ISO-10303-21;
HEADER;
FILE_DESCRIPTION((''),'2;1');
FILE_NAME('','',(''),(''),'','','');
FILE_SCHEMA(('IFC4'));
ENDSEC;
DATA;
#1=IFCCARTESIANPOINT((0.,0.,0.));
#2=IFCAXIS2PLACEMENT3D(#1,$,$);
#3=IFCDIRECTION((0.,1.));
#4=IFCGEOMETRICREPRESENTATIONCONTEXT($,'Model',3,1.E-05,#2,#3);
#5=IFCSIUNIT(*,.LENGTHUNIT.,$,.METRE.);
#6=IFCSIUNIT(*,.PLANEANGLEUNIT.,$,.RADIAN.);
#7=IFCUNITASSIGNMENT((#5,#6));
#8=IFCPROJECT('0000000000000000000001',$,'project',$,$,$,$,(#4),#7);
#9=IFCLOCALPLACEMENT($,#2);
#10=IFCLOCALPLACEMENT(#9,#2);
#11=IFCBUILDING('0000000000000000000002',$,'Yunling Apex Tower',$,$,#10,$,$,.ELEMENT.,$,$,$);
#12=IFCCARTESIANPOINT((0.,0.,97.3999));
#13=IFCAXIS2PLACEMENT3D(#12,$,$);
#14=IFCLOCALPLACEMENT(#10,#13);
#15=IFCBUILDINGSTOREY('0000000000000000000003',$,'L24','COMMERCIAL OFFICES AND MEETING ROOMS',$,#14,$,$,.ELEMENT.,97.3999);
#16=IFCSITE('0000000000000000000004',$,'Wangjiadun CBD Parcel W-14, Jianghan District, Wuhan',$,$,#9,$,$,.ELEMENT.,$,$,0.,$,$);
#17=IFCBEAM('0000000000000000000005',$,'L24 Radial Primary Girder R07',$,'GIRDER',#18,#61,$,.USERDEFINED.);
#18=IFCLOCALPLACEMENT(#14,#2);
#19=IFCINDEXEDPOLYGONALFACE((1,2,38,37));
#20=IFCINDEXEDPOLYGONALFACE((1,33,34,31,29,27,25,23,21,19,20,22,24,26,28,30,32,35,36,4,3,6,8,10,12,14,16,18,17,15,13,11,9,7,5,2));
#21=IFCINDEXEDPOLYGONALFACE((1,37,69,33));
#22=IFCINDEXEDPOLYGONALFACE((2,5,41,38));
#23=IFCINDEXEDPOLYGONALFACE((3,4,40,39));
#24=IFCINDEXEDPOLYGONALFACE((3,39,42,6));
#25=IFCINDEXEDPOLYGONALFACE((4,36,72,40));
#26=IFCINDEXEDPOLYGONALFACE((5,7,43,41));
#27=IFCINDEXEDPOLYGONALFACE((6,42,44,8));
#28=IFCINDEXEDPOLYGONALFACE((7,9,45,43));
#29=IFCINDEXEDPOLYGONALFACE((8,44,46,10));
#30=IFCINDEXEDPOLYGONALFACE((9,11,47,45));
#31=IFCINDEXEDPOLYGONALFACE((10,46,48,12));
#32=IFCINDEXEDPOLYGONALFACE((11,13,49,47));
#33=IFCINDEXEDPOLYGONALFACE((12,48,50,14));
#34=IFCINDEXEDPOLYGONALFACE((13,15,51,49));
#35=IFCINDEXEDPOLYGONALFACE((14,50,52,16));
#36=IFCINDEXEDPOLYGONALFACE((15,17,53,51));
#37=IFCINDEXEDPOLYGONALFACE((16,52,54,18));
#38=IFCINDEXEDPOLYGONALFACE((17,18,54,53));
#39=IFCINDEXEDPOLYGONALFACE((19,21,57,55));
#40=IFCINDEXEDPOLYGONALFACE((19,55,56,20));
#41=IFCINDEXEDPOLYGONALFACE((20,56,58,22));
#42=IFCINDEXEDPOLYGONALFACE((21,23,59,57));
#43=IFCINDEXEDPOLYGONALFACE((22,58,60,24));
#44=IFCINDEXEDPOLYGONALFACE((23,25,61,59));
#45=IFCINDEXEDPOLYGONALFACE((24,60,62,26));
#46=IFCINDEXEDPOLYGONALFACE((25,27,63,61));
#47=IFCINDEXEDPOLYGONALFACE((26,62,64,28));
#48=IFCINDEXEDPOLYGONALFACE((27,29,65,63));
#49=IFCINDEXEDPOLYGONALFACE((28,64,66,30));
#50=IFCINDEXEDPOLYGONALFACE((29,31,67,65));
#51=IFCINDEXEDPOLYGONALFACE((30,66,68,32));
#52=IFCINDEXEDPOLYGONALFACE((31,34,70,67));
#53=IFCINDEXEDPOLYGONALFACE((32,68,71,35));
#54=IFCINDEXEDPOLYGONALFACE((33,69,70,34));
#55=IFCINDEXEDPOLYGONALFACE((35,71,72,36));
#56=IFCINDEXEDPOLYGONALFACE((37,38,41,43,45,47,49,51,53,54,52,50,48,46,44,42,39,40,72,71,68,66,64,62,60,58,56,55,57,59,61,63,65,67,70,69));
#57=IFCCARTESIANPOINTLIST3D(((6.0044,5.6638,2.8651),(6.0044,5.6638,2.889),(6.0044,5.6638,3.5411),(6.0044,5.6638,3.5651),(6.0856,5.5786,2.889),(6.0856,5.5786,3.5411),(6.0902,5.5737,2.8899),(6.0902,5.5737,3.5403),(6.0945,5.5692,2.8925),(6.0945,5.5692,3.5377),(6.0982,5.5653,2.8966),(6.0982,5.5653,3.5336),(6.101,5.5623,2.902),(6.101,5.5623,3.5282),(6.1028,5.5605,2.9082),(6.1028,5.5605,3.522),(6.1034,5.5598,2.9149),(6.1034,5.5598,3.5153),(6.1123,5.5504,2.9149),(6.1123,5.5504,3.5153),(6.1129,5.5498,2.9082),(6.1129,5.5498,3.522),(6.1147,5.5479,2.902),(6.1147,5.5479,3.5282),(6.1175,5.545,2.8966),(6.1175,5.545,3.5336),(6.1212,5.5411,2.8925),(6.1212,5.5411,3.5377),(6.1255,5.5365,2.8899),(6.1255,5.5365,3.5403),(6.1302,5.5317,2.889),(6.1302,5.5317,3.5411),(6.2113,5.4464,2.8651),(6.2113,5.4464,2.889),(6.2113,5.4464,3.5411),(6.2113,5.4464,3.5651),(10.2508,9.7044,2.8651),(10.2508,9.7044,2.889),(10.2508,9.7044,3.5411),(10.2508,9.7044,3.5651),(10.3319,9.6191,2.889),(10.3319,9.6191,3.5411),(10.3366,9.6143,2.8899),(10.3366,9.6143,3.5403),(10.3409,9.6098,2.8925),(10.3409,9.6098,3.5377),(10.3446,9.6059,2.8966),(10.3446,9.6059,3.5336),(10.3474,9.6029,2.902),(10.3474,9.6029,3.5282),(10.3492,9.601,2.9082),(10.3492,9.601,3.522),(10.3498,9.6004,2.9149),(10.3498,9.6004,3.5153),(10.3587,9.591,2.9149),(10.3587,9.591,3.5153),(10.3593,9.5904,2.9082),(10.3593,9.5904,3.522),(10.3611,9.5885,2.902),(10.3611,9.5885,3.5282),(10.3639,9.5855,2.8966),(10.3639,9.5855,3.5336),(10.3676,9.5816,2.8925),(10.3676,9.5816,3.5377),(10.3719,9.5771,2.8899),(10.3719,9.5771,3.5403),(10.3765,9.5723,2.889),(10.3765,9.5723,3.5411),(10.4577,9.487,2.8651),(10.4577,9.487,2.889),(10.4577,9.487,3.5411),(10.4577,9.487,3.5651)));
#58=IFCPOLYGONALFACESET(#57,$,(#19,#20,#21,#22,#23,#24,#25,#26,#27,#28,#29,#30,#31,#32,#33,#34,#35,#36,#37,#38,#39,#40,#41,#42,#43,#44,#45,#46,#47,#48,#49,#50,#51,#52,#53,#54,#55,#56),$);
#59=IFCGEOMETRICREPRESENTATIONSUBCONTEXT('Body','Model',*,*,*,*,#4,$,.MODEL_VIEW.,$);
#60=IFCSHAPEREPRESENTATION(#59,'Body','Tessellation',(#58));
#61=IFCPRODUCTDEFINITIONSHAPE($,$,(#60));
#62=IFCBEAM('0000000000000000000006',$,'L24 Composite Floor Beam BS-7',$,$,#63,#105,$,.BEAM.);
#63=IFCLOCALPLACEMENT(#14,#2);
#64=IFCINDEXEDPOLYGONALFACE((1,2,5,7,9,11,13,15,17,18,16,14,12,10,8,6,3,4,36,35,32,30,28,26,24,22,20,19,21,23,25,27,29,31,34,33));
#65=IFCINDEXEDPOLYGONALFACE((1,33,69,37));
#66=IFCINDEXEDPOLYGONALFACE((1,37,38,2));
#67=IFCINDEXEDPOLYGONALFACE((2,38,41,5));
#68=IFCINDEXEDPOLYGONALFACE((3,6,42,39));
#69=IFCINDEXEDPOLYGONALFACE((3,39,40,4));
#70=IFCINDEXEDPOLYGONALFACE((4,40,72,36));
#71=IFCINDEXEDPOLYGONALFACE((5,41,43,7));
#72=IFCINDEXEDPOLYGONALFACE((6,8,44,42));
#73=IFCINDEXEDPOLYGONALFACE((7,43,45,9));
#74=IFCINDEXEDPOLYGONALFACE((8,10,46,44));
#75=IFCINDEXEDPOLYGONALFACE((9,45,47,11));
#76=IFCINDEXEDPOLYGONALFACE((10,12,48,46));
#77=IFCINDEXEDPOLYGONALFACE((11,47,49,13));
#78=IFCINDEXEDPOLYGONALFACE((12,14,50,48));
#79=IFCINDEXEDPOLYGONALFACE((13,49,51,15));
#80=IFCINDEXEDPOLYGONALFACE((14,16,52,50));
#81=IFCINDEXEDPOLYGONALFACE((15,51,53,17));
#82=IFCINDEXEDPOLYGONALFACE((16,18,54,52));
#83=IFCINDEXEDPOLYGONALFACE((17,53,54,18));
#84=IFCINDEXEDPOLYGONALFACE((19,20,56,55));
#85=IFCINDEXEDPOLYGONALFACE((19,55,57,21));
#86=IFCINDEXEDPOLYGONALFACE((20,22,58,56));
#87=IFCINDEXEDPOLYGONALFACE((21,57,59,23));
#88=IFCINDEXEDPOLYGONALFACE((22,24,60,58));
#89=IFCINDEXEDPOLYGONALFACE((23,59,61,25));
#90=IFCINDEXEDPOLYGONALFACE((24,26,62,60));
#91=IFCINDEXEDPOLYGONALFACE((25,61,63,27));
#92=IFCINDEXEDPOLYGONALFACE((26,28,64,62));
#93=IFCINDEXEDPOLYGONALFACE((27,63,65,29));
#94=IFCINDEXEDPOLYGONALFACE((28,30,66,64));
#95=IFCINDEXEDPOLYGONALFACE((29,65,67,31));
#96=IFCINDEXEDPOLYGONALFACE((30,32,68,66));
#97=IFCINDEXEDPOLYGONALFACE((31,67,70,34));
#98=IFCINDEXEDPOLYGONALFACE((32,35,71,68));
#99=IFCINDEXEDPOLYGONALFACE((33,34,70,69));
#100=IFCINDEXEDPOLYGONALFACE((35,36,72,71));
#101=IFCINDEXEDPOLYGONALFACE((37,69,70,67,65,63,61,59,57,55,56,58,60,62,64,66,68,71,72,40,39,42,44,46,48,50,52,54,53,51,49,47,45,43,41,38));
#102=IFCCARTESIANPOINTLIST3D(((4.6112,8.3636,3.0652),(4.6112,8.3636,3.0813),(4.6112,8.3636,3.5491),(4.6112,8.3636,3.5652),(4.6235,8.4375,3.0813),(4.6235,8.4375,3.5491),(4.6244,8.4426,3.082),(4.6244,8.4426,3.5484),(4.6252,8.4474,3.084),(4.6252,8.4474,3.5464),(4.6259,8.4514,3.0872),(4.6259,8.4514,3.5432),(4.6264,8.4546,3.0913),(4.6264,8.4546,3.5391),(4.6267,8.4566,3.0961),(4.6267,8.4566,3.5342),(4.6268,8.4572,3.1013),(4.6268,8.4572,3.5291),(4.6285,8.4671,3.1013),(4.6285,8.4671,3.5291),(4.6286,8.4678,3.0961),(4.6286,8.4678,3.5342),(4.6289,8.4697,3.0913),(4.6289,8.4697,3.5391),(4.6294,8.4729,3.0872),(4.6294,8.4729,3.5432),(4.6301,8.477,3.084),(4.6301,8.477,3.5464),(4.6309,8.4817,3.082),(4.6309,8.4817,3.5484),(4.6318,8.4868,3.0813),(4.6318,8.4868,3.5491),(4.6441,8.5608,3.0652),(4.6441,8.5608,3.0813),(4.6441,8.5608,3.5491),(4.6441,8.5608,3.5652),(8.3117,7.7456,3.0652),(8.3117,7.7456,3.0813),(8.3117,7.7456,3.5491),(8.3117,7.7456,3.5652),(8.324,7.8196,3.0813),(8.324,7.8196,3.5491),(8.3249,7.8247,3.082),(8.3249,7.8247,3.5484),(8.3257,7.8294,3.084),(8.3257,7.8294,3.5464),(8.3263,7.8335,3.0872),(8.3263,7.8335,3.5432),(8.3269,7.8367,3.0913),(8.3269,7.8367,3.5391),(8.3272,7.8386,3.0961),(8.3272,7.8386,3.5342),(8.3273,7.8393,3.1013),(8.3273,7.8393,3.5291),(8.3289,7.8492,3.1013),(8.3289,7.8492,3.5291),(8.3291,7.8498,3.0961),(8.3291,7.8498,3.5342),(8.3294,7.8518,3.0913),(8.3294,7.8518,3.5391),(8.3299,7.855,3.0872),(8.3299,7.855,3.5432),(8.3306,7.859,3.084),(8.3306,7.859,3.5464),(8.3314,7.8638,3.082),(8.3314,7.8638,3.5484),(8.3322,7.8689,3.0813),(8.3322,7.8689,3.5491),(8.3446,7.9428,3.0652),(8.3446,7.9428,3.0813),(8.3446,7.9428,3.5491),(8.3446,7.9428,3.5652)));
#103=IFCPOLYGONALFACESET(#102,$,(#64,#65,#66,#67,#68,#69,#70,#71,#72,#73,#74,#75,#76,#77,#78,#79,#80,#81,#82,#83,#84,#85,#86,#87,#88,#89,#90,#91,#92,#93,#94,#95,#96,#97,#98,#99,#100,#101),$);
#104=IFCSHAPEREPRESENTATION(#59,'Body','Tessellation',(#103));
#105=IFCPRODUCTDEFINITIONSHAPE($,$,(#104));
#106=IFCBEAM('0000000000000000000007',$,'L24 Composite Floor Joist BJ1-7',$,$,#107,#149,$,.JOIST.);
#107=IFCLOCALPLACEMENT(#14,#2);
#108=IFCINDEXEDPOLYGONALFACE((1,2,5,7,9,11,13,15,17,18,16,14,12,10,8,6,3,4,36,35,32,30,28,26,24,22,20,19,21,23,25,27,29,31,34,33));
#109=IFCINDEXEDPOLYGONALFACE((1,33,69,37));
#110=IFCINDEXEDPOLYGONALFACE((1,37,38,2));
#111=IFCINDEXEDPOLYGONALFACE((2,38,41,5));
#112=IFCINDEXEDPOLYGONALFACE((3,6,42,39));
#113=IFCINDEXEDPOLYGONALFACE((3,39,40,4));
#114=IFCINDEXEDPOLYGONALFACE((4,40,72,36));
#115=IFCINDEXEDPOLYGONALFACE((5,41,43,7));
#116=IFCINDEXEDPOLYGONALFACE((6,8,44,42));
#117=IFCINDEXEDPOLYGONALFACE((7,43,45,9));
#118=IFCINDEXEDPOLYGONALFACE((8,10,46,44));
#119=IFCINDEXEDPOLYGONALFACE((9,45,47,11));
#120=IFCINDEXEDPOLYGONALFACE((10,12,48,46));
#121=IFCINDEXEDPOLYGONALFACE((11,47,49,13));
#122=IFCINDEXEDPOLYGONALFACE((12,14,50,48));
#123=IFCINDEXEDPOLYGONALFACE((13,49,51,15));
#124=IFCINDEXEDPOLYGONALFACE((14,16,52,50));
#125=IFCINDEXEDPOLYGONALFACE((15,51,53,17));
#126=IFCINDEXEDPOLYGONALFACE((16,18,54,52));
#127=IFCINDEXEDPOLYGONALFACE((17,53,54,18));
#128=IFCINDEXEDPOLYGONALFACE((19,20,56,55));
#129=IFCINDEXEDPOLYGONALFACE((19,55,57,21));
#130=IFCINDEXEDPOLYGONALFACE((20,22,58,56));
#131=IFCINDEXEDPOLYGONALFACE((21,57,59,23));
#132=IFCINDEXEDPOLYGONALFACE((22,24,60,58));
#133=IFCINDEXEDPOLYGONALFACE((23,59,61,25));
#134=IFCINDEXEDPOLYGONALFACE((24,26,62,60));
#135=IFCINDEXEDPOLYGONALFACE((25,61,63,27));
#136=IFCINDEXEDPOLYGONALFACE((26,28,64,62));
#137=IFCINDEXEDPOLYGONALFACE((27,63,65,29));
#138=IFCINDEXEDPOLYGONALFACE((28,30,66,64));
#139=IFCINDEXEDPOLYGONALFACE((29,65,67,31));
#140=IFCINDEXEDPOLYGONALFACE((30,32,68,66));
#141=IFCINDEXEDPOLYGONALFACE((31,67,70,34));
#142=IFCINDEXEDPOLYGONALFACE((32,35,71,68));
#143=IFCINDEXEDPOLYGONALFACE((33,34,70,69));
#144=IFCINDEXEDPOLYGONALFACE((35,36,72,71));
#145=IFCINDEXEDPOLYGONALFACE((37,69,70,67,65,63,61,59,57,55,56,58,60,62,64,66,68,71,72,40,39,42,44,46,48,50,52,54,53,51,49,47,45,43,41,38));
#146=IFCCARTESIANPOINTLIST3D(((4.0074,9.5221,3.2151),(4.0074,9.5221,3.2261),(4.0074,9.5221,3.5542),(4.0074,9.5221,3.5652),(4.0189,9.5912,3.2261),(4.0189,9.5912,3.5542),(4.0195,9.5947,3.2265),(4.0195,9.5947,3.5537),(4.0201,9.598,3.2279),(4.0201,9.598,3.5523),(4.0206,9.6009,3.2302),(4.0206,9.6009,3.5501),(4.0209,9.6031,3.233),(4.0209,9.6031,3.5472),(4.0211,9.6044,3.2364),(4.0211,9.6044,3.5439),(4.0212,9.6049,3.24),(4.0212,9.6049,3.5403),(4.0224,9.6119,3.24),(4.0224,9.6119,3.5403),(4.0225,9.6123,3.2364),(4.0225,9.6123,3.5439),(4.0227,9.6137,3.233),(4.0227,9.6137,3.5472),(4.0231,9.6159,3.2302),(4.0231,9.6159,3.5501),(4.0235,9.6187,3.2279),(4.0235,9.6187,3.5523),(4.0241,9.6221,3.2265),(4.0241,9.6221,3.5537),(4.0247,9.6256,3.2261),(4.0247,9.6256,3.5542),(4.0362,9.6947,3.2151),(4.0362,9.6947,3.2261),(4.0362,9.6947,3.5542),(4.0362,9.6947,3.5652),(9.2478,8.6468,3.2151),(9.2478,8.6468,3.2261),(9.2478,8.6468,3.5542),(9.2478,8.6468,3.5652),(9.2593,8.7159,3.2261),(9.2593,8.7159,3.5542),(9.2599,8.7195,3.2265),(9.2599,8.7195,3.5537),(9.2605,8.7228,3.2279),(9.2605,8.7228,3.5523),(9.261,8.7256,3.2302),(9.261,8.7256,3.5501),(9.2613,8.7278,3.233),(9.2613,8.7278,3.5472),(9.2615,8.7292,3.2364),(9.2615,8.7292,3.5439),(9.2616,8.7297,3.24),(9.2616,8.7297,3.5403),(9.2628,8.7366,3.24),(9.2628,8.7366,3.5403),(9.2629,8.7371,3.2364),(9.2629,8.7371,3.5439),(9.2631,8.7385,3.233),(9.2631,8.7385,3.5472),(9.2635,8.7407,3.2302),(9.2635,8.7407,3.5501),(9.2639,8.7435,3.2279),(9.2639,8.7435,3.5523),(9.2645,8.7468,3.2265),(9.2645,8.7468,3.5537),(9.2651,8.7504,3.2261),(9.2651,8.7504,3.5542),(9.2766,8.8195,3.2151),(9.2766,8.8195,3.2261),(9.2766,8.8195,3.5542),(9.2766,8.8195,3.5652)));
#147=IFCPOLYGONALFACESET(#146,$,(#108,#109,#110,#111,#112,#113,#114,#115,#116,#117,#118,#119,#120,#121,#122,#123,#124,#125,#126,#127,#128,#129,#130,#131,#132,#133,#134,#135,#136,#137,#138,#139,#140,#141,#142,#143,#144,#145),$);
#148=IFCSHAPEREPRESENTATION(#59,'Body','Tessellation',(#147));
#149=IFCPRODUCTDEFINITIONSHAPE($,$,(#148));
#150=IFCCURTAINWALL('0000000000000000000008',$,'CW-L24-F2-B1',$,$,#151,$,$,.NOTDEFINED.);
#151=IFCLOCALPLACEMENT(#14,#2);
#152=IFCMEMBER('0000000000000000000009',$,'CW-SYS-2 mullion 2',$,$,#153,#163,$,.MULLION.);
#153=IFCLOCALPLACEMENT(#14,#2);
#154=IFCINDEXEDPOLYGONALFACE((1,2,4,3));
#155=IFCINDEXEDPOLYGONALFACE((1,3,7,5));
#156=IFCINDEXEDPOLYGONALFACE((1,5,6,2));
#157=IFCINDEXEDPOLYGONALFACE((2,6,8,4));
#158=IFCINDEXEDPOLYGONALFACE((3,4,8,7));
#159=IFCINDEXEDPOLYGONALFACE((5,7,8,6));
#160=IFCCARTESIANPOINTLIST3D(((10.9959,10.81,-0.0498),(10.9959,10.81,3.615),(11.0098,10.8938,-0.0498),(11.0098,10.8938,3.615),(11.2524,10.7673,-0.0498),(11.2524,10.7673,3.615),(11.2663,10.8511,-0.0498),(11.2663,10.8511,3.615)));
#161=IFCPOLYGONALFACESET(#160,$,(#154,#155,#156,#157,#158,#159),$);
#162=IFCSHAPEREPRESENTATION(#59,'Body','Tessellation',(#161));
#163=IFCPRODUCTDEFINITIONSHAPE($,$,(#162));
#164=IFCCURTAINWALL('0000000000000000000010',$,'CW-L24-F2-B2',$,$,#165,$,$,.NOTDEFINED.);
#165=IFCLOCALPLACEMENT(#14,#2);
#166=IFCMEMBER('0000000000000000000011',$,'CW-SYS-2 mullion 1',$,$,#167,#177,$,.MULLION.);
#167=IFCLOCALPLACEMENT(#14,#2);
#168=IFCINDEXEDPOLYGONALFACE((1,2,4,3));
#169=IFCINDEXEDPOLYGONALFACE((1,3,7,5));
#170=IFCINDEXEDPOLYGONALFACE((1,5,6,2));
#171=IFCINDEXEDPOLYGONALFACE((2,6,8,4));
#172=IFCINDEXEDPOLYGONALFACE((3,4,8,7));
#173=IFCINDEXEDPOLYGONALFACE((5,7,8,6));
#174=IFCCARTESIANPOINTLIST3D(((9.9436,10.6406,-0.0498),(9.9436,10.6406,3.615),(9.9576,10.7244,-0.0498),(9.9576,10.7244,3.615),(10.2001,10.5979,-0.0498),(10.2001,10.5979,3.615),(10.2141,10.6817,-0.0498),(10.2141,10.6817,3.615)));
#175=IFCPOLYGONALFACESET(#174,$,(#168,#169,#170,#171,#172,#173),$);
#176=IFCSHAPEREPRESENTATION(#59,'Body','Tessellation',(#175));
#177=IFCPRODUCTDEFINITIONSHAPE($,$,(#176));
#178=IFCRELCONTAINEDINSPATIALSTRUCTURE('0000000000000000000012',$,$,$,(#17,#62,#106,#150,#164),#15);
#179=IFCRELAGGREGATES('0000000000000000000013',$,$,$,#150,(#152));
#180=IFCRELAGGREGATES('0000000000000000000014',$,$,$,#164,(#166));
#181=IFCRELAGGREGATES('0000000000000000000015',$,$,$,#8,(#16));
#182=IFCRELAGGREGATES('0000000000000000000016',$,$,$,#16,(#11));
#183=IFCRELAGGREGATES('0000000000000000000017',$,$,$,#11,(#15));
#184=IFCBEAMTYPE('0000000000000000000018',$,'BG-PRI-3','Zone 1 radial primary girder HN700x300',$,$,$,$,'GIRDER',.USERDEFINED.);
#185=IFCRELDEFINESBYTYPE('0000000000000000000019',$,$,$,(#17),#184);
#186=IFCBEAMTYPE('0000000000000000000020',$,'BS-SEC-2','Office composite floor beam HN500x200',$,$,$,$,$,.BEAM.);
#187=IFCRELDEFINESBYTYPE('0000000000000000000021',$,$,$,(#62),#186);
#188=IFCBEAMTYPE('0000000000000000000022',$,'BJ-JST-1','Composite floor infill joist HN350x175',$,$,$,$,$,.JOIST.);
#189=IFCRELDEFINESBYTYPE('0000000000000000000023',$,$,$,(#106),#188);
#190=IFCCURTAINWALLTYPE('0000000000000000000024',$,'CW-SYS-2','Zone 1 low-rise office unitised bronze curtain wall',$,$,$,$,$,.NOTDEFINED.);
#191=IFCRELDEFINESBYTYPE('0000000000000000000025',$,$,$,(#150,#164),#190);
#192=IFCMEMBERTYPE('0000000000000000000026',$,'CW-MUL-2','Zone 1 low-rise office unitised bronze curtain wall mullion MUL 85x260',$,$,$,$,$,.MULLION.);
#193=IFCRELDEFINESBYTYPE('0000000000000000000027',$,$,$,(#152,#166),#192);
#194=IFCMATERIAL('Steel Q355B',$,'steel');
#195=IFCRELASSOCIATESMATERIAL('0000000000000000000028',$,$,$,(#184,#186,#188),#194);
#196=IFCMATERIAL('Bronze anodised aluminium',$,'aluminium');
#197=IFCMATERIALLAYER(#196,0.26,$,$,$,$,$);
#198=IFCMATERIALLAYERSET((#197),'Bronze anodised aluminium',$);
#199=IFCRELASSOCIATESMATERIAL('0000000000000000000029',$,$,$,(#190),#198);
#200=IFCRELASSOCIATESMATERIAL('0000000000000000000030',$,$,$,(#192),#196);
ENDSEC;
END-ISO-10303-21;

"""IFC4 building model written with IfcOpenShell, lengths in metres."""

from ifc_helpers import new_model, si_unit, direction, frame, origin, origin_2d, place, context, subcontext, project, spatial, rectangle, i_section, extrude, source, transform, mapped, material, layer, layer_set, material_profile, profile_set, type_object, element, aggregate, save


model = new_model("IFC4")

# Units and contexts
model_context = context("Model", 3, precision=1e-05, world=origin(), true_north=direction((0.0, 1.0)))
body_context = subcontext(model_context, "Body", "Model", "MODEL_VIEW")
ifc_project = project(units=[si_unit("LENGTHUNIT", "METRE"), si_unit("PLANEANGLEUNIT", "RADIAN")], contexts=[model_context])

# Site, building, storey
site_placement = place(None, origin())
site = spatial("IfcSite", under=ifc_project, at=site_placement, Name="Wangjiadun CBD Parcel W-14, Jianghan District, Wuhan", CompositionType="ELEMENT", RefElevation=0.0)
building_placement = place(site_placement, origin())
building = spatial("IfcBuilding", under=site, at=building_placement, Name="Yunling Apex Tower", CompositionType="ELEMENT")
storey_placement = place(building_placement, frame((0.0, 0.0, 97.3999)))
storey = spatial("IfcBuildingStorey", under=building, at=storey_placement, Name="L24", Description="COMMERCIAL OFFICES AND MEETING ROOMS", CompositionType="ELEMENT", Elevation=97.3999)

# Beams
ifc_material_1 = material(Name="Steel Q355B", Category="steel")
ifc_material_profile_1 = material_profile(ifc_material_1, i_section(OverallWidth=0.3, OverallDepth=0.7, WebThickness=0.0129, FlangeThickness=0.0239, FilletRadius=0.0259, at=origin_2d()))
ifc_profile_set_1 = profile_set([ifc_material_profile_1], Name="Steel Q355B")
beam_type_1 = type_object("IfcBeamType", Name="BG-PRI-3", Description="Zone 1 radial primary girder HN700x300", ElementType="GIRDER", PredefinedType="USERDEFINED", material=ifc_profile_set_1)
shared_shape_1 = source(origin(), body_context, "Body", "SweptSolid", [
    extrude(i_section(OverallWidth=0.3, OverallDepth=0.7, WebThickness=0.0129, FlangeThickness=0.0239, FilletRadius=0.0259, at=origin_2d()), origin(), (0.0, 0.0, 1.0), 5.8616),
])
beam_1_placement = place(storey_placement, frame((10.3542, 9.5957, 3.2151), z_axis=(-0.724445, -0.689333, 0.0), x_axis=(0.689333, -0.724445, 0.0)))
element("IfcBeam", 1, at=beam_1_placement, inside=storey, type_object=beam_type_1, Name="L24 Radial Primary Girder R07", ObjectType="GIRDER", PredefinedType="USERDEFINED", context=body_context, shape_type="MappedRepresentation", body=[
    mapped(shared_shape_1, transform((0.0, 0.0, 0.0), scale=1.0)),
])
ifc_material_profile_2 = material_profile(ifc_material_1, i_section(OverallWidth=0.2, OverallDepth=0.5, WebThickness=0.01, FlangeThickness=0.0161, FilletRadius=0.02, at=origin_2d()))
ifc_profile_set_2 = profile_set([ifc_material_profile_2], Name="Steel Q355B")
beam_type_2 = type_object("IfcBeamType", Name="BS-SEC-2", Description="Office composite floor beam HN500x200", PredefinedType="BEAM", material=ifc_profile_set_2)
shared_shape_2 = source(origin(), body_context, "Body", "SweptSolid", [
    extrude(i_section(OverallWidth=0.2, OverallDepth=0.5, WebThickness=0.01, FlangeThickness=0.0161, FilletRadius=0.02, at=origin_2d()), origin(), (0.0, 0.0, 1.0), 3.7517),
])
beam_2_placement = place(storey_placement, frame((8.3281, 7.8442, 3.3152), z_axis=(-0.986343, 0.164705, 0.0), x_axis=(-0.164705, -0.986343, 0.0)))
element("IfcBeam", 2, at=beam_2_placement, inside=storey, type_object=beam_type_2, Name="L24 Composite Floor Beam BS-7", PredefinedType="BEAM", context=body_context, shape_type="MappedRepresentation", body=[
    mapped(shared_shape_2, transform((0.0, 0.0, 0.0), scale=1.0)),
])
ifc_material_profile_3 = material_profile(ifc_material_1, i_section(OverallWidth=0.175, OverallDepth=0.3501, WebThickness=0.0071, FlangeThickness=0.011, FilletRadius=0.0139, at=origin_2d()))
ifc_profile_set_3 = profile_set([ifc_material_profile_3], Name="Steel Q355B")
beam_type_3 = type_object("IfcBeamType", Name="BJ-JST-1", Description="Composite floor infill joist HN350x175", PredefinedType="JOIST", material=ifc_profile_set_3)
shared_shape_3 = source(origin(), body_context, "Body", "SweptSolid", [
    extrude(i_section(OverallWidth=0.175, OverallDepth=0.3501, WebThickness=0.0071, FlangeThickness=0.011, FilletRadius=0.0139, at=origin_2d()), origin(), (0.0, 0.0, 1.0), 5.313),
])
beam_3_placement = place(storey_placement, frame((9.2622, 8.7332, 3.3901), z_axis=(-0.986338, 0.164734, 0.0), x_axis=(-0.164734, -0.986338, 0.0)))
element("IfcBeam", 3, at=beam_3_placement, inside=storey, type_object=beam_type_3, Name="L24 Composite Floor Joist BJ1-7", PredefinedType="JOIST", context=body_context, shape_type="MappedRepresentation", body=[
    mapped(shared_shape_3, transform((0.0, 0.0, 0.0), scale=1.0)),
])

# Curtain wall, member
ifc_material_2 = material(Name="Bronze anodised aluminium", Category="aluminium")
ifc_layer_1 = layer(ifc_material_2, 0.26)
ifc_layer_set_1 = layer_set([ifc_layer_1], Name="Bronze anodised aluminium")
curtain_wall_type = type_object("IfcCurtainWallType", Name="CW-SYS-2", Description="Zone 1 low-rise office unitised bronze curtain wall", PredefinedType="NOTDEFINED", material=ifc_layer_set_1)
curtain_wall_1_placement = place(storey_placement, origin())
curtain_wall_1 = element("IfcCurtainWall", 4, at=curtain_wall_1_placement, inside=storey, type_object=curtain_wall_type, Name="CW-L24-F2-B1", PredefinedType="NOTDEFINED")
ifc_material_profile_4 = material_profile(ifc_material_2, rectangle(XDim=0.085, YDim=0.26, at=origin_2d()))
ifc_profile_set_4 = profile_set([ifc_material_profile_4], Name="Bronze anodised aluminium")
member_type_1 = type_object("IfcMemberType", Name="CW-MUL-2", Description="Zone 1 low-rise office unitised bronze curtain wall mullion MUL 85x260", PredefinedType="MULLION", material=ifc_profile_set_4)
shared_shape_4 = source(origin(), body_context, "Body", "SweptSolid", [
    extrude(rectangle(XDim=0.085, YDim=0.26, at=origin_2d()), origin(), (0.0, 0.0, 1.0), 3.6648),
])
member_1_placement = place(storey_placement, frame((11.1311, 10.8306, -0.0498), z_axis=(0.0, 0.0, 1.0), x_axis=(-0.16436, -0.9864, 0.0)))
member_1 = element("IfcMember", 5, at=member_1_placement, type_object=member_type_1, Name="CW-SYS-2 mullion 2", PredefinedType="MULLION", context=body_context, shape_type="MappedRepresentation", body=[
    mapped(shared_shape_4, transform((0.0, 0.0, 0.0), scale=1.0)),
])
aggregate(curtain_wall_1, [member_1])

# Curtain wall, member
curtain_wall_2_placement = place(storey_placement, origin())
curtain_wall_2 = element("IfcCurtainWall", 6, at=curtain_wall_2_placement, inside=storey, type_object=curtain_wall_type, Name="CW-L24-F2-B2", PredefinedType="NOTDEFINED")
member_2_placement = place(storey_placement, frame((10.0789, 10.6611, -0.0498), z_axis=(0.0, 0.0, 1.0), x_axis=(-0.164356, -0.986401, 0.0)))
member_2 = element("IfcMember", 7, at=member_2_placement, type_object=member_type_1, Name="CW-SYS-2 mullion 1", PredefinedType="MULLION", context=body_context, shape_type="MappedRepresentation", body=[
    mapped(shared_shape_4, transform((0.0, 0.0, 0.0), scale=1.0)),
])
aggregate(curtain_wall_2, [member_2])

save(model, "model.ifc")
